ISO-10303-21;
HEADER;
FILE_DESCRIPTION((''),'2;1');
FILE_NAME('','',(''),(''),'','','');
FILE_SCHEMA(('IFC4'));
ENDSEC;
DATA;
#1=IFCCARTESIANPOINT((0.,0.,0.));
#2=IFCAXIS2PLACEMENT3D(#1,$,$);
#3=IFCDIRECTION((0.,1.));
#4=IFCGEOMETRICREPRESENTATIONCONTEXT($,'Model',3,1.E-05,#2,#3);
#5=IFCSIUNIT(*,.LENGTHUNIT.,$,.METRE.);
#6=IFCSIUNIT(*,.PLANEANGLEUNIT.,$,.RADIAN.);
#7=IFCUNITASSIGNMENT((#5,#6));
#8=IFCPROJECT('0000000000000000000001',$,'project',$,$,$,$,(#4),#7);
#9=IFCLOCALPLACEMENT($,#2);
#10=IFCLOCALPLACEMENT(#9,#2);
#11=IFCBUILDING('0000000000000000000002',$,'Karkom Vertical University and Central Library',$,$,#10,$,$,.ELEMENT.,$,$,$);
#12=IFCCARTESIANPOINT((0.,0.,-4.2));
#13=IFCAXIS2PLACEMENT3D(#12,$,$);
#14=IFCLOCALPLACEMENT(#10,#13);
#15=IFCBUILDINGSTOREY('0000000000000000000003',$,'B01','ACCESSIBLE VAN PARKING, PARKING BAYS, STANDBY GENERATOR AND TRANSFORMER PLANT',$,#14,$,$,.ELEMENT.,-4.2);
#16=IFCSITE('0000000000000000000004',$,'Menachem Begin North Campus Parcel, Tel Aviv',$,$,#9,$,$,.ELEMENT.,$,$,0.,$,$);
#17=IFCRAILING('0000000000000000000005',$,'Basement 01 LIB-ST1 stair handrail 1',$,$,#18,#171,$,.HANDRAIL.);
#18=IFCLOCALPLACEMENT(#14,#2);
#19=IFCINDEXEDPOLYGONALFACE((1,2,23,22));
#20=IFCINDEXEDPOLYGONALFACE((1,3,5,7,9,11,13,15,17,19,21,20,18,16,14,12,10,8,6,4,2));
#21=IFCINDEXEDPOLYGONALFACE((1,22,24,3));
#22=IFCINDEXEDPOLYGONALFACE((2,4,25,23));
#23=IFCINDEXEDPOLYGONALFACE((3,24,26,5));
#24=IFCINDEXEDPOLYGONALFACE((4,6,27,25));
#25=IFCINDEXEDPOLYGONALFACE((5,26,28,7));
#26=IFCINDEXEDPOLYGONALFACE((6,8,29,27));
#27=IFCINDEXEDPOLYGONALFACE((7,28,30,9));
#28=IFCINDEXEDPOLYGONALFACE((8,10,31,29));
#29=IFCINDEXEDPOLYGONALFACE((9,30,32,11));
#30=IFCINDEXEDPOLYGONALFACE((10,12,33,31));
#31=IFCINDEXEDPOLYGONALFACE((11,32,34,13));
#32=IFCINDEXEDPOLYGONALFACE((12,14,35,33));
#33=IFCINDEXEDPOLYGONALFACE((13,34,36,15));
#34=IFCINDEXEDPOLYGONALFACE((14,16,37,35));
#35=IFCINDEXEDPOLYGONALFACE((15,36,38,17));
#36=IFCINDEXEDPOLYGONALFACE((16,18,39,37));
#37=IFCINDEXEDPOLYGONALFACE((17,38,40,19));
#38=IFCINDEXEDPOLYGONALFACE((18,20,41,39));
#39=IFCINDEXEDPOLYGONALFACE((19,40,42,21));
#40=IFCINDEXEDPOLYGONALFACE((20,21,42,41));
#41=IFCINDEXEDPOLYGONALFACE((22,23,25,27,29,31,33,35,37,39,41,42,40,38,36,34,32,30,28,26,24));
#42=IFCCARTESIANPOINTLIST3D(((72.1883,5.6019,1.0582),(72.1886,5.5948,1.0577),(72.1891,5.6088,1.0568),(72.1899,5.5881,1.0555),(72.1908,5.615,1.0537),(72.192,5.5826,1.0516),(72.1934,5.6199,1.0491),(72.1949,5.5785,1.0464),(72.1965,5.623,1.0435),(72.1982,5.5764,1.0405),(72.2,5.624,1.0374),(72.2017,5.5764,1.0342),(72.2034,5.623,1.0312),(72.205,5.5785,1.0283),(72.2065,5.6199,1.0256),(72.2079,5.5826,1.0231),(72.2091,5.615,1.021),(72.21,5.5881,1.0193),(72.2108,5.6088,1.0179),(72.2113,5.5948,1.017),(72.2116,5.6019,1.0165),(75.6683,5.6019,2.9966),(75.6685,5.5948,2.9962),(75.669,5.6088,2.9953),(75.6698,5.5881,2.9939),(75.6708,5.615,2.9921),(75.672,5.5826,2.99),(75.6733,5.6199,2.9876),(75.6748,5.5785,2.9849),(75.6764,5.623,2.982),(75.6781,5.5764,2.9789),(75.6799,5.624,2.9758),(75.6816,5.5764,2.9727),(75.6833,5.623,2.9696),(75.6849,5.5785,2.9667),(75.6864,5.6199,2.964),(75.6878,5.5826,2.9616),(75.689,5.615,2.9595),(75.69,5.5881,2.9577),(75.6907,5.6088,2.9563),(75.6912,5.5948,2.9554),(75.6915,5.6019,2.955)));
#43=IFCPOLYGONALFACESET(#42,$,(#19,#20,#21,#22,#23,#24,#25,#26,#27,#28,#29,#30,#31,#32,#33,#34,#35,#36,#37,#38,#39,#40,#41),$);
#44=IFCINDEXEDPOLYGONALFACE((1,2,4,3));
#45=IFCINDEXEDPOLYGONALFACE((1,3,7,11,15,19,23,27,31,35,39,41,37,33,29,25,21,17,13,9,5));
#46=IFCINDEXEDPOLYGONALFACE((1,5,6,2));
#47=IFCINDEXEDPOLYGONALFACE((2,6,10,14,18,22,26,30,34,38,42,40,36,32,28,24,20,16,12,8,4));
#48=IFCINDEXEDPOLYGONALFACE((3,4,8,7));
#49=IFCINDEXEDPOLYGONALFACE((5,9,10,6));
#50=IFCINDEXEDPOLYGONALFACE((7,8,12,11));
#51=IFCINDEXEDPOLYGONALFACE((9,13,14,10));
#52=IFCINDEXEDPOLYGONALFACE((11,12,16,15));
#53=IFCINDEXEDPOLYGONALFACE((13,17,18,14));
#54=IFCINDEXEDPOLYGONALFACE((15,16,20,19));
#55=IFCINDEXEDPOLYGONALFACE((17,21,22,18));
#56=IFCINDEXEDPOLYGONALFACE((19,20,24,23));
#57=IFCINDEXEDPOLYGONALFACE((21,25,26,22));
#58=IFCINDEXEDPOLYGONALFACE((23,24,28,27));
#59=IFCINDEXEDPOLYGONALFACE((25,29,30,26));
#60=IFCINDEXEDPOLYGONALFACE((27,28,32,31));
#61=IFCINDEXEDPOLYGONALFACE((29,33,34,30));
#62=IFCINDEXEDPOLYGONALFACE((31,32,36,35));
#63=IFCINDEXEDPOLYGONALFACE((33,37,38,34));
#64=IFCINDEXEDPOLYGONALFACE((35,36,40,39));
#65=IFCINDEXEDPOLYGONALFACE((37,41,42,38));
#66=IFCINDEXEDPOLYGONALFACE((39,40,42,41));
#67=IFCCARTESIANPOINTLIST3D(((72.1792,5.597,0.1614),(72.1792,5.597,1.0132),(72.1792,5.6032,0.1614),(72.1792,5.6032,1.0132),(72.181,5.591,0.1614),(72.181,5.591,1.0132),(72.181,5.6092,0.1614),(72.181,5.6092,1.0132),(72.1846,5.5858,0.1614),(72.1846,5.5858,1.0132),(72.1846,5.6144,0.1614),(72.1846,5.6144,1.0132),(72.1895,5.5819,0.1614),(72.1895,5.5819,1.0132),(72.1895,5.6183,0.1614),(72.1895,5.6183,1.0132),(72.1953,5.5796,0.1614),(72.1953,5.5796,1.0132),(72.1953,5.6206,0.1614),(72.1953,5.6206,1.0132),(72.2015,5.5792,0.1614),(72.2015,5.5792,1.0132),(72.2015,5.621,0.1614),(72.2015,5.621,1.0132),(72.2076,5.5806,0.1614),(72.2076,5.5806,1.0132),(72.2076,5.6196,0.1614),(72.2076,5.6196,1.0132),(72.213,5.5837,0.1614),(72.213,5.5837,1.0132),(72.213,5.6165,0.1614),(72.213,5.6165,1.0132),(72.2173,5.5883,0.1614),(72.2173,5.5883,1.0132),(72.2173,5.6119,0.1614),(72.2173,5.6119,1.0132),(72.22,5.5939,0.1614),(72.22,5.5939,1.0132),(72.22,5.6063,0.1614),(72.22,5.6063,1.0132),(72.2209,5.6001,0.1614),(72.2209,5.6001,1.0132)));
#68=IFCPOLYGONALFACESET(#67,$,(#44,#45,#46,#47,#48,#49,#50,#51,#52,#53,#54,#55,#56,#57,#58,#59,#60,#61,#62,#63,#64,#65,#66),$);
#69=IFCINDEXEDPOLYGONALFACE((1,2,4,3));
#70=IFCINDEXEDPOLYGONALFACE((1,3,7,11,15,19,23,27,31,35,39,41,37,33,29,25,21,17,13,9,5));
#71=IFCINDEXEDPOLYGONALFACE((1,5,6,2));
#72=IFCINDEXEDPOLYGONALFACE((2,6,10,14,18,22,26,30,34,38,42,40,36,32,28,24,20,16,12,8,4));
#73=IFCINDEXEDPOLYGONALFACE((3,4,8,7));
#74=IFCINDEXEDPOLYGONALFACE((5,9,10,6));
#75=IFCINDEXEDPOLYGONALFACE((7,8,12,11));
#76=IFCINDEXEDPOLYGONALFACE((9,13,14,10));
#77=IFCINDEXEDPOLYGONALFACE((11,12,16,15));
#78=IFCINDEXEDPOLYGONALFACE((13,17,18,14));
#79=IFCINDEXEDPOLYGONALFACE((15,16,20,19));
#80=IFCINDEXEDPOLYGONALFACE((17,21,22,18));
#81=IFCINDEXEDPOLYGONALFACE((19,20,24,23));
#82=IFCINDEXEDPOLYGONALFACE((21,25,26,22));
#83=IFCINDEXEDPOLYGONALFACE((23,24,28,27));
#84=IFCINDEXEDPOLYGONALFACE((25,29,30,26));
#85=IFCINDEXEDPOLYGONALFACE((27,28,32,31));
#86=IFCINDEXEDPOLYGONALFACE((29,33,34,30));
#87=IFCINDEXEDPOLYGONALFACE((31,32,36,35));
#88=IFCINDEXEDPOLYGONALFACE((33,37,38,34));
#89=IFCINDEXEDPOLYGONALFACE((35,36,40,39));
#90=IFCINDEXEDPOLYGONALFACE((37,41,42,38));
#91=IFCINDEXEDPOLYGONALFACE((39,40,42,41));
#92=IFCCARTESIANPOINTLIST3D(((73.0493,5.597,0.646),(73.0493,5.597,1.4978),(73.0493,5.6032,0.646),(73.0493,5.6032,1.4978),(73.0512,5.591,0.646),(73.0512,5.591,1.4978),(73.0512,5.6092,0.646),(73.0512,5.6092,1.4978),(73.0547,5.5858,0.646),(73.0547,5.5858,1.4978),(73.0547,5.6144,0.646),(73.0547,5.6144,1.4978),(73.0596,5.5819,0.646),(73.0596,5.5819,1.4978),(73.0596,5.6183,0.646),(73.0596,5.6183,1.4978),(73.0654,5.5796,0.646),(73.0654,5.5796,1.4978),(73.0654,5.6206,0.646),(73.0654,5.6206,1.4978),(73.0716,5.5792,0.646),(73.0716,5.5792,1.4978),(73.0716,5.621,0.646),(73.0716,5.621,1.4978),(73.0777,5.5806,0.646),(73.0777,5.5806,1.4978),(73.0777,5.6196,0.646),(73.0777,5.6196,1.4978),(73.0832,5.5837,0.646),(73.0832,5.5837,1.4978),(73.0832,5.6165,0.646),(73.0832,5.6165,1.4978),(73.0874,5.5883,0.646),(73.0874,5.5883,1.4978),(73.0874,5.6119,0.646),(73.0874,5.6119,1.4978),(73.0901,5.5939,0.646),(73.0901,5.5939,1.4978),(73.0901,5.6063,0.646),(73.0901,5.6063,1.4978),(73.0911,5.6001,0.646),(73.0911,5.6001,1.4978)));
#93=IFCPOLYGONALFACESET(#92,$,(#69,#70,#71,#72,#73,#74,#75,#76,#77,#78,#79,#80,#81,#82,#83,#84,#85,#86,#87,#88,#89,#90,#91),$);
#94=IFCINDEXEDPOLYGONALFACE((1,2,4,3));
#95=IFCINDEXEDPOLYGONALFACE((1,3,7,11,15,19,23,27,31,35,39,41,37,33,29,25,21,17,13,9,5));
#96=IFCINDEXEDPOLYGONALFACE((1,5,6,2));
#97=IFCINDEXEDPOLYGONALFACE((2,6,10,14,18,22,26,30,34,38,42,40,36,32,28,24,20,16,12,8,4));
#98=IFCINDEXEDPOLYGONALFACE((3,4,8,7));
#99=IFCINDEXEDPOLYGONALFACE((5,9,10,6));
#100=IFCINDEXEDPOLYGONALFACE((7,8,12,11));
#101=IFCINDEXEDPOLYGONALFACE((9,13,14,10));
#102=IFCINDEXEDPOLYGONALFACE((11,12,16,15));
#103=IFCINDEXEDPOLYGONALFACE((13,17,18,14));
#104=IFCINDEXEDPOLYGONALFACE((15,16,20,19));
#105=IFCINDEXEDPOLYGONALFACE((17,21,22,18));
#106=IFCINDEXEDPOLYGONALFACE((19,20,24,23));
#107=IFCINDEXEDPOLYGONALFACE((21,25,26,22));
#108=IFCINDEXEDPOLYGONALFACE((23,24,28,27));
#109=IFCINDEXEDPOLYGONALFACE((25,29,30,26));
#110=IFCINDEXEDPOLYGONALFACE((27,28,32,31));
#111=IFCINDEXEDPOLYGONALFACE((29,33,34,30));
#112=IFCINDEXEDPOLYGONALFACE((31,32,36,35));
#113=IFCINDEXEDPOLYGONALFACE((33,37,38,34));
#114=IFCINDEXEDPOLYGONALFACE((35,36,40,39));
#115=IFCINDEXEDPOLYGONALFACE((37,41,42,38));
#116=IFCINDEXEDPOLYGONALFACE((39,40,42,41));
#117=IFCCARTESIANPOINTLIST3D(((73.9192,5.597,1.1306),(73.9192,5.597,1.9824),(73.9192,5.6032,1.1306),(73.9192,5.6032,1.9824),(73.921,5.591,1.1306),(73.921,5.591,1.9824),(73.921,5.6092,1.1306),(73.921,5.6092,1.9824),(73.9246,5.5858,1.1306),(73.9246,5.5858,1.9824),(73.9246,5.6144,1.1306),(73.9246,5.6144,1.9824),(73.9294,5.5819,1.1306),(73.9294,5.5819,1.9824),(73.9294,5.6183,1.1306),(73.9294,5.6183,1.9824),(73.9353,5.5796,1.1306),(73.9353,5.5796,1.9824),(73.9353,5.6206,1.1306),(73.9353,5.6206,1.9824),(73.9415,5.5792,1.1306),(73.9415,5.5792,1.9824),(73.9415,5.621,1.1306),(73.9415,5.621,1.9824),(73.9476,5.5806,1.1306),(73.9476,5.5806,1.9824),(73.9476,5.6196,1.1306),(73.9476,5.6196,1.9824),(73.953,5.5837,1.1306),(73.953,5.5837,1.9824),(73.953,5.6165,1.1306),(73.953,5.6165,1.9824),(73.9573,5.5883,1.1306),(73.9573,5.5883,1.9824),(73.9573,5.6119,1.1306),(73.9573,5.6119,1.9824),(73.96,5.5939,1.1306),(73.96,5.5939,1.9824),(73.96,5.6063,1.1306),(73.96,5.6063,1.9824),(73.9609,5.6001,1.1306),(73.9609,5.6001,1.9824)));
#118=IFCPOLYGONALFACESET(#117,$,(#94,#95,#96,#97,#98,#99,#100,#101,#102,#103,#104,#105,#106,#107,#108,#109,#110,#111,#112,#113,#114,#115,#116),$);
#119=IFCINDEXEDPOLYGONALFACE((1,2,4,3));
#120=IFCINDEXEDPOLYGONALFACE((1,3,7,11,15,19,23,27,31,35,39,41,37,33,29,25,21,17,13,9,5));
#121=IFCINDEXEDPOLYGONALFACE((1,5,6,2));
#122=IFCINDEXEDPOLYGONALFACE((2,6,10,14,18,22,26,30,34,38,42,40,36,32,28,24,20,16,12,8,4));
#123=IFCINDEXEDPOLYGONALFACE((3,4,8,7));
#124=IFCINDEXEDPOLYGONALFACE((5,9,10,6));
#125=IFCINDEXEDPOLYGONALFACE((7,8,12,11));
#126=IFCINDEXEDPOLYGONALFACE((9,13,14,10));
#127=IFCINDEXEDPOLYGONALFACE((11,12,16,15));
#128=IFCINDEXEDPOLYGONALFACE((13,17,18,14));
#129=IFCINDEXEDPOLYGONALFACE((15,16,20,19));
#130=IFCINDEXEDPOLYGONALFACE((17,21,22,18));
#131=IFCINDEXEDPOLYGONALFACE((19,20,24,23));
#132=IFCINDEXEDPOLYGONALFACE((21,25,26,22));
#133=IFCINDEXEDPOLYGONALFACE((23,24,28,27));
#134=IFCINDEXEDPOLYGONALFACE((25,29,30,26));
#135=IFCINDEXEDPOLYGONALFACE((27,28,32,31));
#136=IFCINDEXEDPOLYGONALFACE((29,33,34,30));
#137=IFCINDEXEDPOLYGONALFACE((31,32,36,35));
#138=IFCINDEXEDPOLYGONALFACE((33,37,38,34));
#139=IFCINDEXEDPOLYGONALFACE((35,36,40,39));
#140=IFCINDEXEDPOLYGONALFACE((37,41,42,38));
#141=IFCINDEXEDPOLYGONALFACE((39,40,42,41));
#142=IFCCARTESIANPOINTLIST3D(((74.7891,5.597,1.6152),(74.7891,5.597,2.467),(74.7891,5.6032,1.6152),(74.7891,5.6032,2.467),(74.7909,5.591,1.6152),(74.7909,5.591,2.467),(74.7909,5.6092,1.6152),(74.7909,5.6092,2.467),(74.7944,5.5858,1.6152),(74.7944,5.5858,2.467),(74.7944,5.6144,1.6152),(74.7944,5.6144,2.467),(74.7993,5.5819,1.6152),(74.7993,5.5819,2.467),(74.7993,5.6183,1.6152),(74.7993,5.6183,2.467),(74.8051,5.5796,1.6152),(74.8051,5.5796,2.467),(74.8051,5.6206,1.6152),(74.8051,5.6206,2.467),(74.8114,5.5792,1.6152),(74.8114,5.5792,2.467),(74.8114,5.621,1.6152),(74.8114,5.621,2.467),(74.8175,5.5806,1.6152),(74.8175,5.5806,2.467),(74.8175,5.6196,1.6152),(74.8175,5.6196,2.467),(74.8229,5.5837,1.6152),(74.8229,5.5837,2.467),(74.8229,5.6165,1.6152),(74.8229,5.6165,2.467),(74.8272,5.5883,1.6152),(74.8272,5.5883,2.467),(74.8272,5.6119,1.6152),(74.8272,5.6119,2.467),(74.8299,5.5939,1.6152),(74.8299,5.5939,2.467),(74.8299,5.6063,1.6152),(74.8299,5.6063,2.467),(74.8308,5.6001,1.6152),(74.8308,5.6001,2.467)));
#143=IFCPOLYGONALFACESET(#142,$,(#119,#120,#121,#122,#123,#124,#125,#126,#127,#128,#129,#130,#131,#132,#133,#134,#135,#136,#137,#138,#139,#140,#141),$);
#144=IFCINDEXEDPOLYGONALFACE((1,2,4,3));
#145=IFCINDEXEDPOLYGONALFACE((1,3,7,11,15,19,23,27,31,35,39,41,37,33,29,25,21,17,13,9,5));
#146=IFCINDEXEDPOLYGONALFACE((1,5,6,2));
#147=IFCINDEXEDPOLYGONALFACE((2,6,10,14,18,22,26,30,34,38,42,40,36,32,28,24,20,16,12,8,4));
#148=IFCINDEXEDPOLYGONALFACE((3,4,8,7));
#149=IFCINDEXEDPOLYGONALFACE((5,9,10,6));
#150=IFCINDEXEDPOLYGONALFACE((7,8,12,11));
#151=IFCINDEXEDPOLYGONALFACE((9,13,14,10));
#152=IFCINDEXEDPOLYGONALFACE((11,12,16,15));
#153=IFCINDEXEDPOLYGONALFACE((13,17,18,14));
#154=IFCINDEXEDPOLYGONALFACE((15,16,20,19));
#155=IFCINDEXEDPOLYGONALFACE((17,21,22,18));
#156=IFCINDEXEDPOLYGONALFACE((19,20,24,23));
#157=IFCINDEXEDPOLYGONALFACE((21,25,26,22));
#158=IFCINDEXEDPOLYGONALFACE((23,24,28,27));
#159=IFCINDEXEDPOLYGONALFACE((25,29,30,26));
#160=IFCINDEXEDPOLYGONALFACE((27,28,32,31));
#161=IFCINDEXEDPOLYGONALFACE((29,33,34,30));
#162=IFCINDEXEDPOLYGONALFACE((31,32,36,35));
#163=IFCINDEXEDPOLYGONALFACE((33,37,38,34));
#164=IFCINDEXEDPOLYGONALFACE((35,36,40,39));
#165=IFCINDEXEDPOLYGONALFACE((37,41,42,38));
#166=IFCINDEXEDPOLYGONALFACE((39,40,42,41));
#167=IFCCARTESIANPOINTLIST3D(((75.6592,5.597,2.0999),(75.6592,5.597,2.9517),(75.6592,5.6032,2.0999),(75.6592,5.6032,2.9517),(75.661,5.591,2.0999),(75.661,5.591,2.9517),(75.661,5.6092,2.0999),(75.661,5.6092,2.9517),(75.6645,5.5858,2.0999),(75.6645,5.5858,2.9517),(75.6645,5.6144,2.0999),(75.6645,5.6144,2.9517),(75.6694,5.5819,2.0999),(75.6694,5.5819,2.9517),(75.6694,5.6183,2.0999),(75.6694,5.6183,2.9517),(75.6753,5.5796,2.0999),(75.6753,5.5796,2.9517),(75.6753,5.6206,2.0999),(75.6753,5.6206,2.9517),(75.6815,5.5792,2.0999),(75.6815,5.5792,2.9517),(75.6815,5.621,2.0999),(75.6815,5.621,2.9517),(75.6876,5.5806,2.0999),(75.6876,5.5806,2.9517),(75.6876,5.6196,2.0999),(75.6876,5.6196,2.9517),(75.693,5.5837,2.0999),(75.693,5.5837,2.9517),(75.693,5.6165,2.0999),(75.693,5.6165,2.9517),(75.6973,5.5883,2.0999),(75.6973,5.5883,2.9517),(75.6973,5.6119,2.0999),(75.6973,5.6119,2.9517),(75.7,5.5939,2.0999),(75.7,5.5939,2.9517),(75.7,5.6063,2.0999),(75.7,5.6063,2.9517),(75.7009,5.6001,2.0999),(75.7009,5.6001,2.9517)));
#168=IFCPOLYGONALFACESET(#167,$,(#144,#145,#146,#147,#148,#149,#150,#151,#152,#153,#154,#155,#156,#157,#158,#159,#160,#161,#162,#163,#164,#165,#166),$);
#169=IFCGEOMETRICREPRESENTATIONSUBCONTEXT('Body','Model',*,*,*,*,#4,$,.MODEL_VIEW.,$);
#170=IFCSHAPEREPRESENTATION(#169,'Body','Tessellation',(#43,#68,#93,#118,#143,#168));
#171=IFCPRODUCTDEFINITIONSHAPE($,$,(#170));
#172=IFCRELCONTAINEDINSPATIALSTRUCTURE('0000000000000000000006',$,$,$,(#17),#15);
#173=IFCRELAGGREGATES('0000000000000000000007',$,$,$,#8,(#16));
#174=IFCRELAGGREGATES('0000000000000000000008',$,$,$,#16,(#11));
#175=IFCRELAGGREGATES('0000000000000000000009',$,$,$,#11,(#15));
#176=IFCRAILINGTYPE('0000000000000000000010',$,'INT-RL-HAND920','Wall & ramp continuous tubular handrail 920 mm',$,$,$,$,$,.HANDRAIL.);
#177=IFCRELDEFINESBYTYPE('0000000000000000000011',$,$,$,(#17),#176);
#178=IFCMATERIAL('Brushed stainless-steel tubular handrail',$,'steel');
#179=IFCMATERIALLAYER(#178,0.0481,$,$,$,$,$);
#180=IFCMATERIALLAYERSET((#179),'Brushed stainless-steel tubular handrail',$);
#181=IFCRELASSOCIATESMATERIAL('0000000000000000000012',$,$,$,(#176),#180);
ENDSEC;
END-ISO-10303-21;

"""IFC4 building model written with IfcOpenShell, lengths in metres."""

from ifc_helpers import new_model, si_unit, direction, frame, origin, origin_2d, place, context, subcontext, project, spatial, circle, extrude, material, layer, layer_set, type_object, element, save


model = new_model("IFC4")

# Units and contexts
model_context = context("Model", 3, precision=1e-05, world=origin(), true_north=direction((0.0, 1.0)))
body_context = subcontext(model_context, "Body", "Model", "MODEL_VIEW")
ifc_project = project(units=[si_unit("LENGTHUNIT", "METRE"), si_unit("PLANEANGLEUNIT", "RADIAN")], contexts=[model_context])

# Site, building, storey
site_placement = place(None, origin())
site = spatial("IfcSite", under=ifc_project, at=site_placement, Name="Menachem Begin North Campus Parcel, Tel Aviv", CompositionType="ELEMENT", RefElevation=0.0)
building_placement = place(site_placement, origin())
building = spatial("IfcBuilding", under=site, at=building_placement, Name="Karkom Vertical University and Central Library", CompositionType="ELEMENT")
storey_placement = place(building_placement, frame((0.0, 0.0, -4.2)))
storey = spatial("IfcBuildingStorey", under=building, at=storey_placement, Name="B01", Description="ACCESSIBLE VAN PARKING, PARKING BAYS, STANDBY GENERATOR AND TRANSFORMER PLANT", CompositionType="ELEMENT", Elevation=-4.2)

# Railing
ifc_material_1 = material(Name="Brushed stainless-steel tubular handrail", Category="steel")
ifc_layer_1 = layer(ifc_material_1, 0.0481)
ifc_layer_set_1 = layer_set([ifc_layer_1], Name="Brushed stainless-steel tubular handrail")
railing_type_1 = type_object("IfcRailingType", Name="INT-RL-HAND920", Description="Wall & ramp continuous tubular handrail 920 mm", PredefinedType="HANDRAIL", material=ifc_layer_set_1)
railing_1_placement = place(storey_placement, frame((72.2, 5.6001, 0.1614)))
element("IfcRailing", 1, at=railing_1_placement, inside=storey, type_object=railing_type_1, Name="Basement 01 LIB-ST1 stair handrail 1", PredefinedType="HANDRAIL", context=body_context, shape_type="SweptSolid", body=[
    extrude(circle(Radius=0.0239, at=origin_2d()), frame((0.0, 0.0, 0.876), z_axis=(0.873607, 0.0, 0.486631), x_axis=(0.0, 1.0, 0.0)), (0.0, 0.0, 1.0), 3.9834),
    extrude(circle(Radius=0.021, at=origin_2d()), origin(), (0.0, 0.0, 1.0), 0.8518),
    extrude(circle(Radius=0.021, at=origin_2d()), frame((0.8701, 0.0, 0.4846)), (0.0, 0.0, 1.0), 0.8518),
    extrude(circle(Radius=0.021, at=origin_2d()), frame((1.74, 0.0, 0.9692)), (0.0, 0.0, 1.0), 0.8518),
    extrude(circle(Radius=0.021, at=origin_2d()), frame((2.6099, 0.0, 1.4539)), (0.0, 0.0, 1.0), 0.8518),
    extrude(circle(Radius=0.021, at=origin_2d()), frame((3.48, 0.0, 1.9385)), (0.0, 0.0, 1.0), 0.8518),
])

save(model, "model.ifc")
